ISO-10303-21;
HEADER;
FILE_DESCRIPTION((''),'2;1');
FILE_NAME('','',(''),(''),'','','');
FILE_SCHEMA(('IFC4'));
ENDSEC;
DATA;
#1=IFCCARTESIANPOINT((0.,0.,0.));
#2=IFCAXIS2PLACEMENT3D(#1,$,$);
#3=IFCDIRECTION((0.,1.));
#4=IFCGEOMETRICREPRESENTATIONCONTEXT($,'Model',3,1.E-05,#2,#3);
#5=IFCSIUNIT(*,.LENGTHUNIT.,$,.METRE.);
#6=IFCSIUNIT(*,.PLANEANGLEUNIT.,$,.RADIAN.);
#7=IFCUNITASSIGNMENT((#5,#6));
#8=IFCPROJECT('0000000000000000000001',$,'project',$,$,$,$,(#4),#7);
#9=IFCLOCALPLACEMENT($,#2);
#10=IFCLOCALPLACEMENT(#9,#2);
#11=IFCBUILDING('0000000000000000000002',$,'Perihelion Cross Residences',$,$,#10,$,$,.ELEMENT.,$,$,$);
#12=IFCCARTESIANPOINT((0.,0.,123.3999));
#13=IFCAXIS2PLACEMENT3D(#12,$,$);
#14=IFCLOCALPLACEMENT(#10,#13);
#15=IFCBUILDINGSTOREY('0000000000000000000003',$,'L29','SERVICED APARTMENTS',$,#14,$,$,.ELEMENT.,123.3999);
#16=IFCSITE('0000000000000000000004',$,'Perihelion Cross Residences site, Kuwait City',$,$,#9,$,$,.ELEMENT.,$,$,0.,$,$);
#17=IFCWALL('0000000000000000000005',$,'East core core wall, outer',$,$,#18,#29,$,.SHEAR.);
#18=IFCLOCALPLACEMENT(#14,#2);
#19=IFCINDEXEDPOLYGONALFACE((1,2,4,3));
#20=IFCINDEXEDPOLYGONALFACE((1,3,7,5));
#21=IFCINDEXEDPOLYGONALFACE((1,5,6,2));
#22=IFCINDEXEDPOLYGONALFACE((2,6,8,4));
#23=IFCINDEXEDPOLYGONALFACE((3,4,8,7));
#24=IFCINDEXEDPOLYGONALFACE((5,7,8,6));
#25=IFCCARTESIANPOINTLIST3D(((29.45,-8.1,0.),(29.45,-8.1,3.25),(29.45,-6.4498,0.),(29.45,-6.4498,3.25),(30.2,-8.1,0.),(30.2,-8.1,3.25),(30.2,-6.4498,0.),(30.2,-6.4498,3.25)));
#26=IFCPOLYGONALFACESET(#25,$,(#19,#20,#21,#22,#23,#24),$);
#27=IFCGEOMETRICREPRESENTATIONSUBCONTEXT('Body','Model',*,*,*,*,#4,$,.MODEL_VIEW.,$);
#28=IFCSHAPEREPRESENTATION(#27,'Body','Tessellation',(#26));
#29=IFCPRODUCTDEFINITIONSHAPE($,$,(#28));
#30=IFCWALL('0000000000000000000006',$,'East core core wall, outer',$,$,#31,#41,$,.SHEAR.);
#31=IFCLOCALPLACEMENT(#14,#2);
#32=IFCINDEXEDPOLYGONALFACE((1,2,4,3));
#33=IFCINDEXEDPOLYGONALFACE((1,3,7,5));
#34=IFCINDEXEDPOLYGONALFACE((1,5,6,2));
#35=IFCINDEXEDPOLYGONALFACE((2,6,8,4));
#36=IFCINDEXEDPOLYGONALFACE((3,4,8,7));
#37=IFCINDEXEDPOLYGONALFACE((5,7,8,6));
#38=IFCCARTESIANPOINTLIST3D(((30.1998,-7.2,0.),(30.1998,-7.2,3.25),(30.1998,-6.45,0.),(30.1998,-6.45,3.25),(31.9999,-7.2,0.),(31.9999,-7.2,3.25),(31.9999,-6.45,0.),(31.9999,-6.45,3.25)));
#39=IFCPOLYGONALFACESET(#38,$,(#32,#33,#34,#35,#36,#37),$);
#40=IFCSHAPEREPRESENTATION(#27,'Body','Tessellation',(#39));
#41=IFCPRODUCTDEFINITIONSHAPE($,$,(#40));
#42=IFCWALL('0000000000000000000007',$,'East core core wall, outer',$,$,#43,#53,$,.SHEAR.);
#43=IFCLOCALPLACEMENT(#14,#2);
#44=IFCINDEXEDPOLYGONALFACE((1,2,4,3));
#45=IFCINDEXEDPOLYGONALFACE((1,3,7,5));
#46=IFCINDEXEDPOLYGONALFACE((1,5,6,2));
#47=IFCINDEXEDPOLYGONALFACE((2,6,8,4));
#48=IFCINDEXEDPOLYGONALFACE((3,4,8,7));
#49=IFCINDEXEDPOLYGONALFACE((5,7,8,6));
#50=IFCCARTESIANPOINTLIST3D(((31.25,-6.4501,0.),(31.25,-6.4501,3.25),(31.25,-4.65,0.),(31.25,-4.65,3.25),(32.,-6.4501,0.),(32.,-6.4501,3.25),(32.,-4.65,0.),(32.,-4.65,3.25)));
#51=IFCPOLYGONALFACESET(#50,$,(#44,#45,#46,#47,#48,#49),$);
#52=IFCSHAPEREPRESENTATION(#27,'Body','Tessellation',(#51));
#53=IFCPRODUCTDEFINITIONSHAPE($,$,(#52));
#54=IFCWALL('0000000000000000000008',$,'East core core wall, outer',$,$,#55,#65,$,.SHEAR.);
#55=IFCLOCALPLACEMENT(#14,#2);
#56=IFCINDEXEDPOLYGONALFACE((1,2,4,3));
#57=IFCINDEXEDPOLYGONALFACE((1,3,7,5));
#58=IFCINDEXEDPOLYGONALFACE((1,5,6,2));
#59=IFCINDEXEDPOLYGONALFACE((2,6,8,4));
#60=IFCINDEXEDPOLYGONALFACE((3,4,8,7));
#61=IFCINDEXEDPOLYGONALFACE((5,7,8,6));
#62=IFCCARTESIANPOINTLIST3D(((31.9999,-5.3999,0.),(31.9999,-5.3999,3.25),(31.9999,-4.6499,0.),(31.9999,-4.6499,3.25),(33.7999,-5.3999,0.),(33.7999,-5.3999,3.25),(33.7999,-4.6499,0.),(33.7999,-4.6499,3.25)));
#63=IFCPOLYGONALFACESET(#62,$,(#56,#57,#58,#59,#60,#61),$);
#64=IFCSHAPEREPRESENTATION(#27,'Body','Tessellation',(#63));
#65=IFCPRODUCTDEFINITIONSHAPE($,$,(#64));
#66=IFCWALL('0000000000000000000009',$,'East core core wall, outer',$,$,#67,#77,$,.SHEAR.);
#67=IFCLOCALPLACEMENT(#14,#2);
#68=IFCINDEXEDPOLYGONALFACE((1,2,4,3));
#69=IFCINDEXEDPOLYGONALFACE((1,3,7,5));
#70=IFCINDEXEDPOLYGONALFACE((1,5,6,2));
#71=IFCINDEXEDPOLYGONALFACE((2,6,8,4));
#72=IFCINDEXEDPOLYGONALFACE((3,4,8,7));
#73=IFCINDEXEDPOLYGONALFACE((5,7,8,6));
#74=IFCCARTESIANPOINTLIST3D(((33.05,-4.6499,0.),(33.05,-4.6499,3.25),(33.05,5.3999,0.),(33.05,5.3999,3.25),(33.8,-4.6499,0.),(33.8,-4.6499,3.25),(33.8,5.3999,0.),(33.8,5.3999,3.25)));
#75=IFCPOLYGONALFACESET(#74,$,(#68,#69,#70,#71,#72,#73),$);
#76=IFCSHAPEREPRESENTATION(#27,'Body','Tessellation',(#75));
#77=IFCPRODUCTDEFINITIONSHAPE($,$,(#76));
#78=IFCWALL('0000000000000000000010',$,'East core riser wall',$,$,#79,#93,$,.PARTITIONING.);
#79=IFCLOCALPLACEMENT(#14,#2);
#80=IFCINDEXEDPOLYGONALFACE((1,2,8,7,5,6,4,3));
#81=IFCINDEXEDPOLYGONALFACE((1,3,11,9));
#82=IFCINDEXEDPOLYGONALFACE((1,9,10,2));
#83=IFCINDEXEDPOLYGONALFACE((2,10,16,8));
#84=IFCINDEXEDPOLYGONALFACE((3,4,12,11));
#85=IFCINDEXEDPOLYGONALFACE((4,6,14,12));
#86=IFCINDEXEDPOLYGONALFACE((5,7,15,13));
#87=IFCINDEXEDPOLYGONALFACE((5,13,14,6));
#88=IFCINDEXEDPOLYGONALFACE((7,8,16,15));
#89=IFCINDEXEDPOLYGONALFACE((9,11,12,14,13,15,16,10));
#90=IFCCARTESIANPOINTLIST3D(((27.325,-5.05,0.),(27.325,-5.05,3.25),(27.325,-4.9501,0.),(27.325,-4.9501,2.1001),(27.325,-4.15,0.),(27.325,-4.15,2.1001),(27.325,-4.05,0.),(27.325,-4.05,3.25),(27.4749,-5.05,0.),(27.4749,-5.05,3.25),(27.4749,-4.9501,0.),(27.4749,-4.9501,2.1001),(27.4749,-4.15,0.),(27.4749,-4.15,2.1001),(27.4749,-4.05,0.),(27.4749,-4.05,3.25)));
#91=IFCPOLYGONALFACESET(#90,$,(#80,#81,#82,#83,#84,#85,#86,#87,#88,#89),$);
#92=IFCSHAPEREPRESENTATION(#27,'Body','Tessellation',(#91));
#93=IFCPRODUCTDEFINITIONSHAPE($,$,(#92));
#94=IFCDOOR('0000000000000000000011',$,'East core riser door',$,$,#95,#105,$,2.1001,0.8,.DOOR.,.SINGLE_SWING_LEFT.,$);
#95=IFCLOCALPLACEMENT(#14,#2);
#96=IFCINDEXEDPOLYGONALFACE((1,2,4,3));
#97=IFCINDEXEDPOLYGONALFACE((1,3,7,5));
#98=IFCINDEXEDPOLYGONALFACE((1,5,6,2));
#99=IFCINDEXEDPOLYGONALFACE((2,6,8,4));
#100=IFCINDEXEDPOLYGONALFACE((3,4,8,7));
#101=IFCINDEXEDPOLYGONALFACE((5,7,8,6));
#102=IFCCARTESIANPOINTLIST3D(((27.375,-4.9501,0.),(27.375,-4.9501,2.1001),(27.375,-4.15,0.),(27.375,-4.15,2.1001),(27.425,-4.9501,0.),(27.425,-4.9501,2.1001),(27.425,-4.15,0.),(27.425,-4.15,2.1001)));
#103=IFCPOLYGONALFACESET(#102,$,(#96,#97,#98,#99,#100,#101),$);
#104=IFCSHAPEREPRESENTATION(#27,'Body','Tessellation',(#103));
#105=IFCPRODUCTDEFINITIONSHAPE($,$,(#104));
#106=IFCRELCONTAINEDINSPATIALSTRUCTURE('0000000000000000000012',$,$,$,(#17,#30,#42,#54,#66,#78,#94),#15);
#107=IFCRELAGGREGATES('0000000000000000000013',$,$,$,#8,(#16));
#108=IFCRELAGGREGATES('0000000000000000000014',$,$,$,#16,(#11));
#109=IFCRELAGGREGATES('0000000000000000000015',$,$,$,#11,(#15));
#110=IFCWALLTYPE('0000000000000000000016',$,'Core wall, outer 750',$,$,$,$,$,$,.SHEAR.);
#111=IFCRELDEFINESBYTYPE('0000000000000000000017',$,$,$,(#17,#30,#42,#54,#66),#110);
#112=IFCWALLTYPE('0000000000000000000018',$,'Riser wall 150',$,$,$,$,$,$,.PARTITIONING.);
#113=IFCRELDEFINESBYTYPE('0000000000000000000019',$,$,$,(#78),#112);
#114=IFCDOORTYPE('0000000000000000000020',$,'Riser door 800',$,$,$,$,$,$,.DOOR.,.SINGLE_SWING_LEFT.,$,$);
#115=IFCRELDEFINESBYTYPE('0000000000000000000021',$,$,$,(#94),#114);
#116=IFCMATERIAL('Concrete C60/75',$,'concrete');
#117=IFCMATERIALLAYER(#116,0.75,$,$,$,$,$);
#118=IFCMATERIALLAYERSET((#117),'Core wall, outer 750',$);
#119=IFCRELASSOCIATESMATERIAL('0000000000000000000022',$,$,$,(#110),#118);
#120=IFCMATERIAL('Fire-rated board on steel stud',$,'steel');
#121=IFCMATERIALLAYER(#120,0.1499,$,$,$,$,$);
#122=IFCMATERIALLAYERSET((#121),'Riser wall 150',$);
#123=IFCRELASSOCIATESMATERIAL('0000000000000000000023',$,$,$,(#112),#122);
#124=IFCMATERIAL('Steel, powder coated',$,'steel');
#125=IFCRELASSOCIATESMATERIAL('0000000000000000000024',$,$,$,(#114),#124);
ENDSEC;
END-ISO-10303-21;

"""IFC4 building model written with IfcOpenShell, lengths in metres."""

from ifc_helpers import new_model, si_unit, direction, frame, frame_2d, origin, place, context, subcontext, project, spatial, rectangle, extrude, material, layer, layer_set, type_object, element, fill, save


model = new_model("IFC4")

# Units and contexts
model_context = context("Model", 3, precision=1e-05, world=origin(), true_north=direction((0.0, 1.0)))
body_context = subcontext(model_context, "Body", "Model", "MODEL_VIEW")
ifc_project = project(units=[si_unit("LENGTHUNIT", "METRE"), si_unit("PLANEANGLEUNIT", "RADIAN")], contexts=[model_context])

# Site, building, storey
site_placement = place(None, origin())
site = spatial("IfcSite", under=ifc_project, at=site_placement, Name="Perihelion Cross Residences site, Kuwait City", CompositionType="ELEMENT", RefElevation=0.0)
building_placement = place(site_placement, origin())
building = spatial("IfcBuilding", under=site, at=building_placement, Name="Perihelion Cross Residences", CompositionType="ELEMENT")
storey_placement = place(building_placement, frame((0.0, 0.0, 123.3999)))
storey = spatial("IfcBuildingStorey", under=building, at=storey_placement, Name="L29", Description="SERVICED APARTMENTS", CompositionType="ELEMENT", Elevation=123.3999)

# Walls
ifc_material_1 = material(Name="Concrete C60/75", Category="concrete")
ifc_layer_1 = layer(ifc_material_1, 0.75)
ifc_layer_set_1 = layer_set([ifc_layer_1], Name="Core wall, outer 750")
wall_type_1 = type_object("IfcWallType", Name="Core wall, outer 750", PredefinedType="SHEAR", material=ifc_layer_set_1)
wall_1_placement = place(storey_placement, frame((29.825, -8.1001, 0.0), z_axis=(0.0, 0.0, 1.0), x_axis=(0.0, 1.0, 0.0)))
element("IfcWall", 1, at=wall_1_placement, inside=storey, type_object=wall_type_1, Name="East core core wall, outer", PredefinedType="SHEAR", context=body_context, shape_type="SweptSolid", body=[
    extrude(rectangle(XDim=1.6501, YDim=0.75, at=frame_2d((0.8252, 0.0))), origin(), (0.0, 0.0, 1.0), 3.25),
])
for number, where, z_axis, x_axis, name in (
    (2, (30.2, -6.825, 0.0), (0.0, 0.0, 1.0), (1.0, 0.0, 0.0), "East core core wall, outer"),
    (3, (31.625, -6.45, 0.0), (0.0, 0.0, 1.0), (0.0, 1.0, 0.0), "East core core wall, outer"),
    (4, (32.0, -5.0249, 0.0), (0.0, 0.0, 1.0), (1.0, 0.0, 0.0), "East core core wall, outer"),
):
    element("IfcWall", number, at=place(storey_placement, frame(where, z_axis=z_axis, x_axis=x_axis)), inside=storey, type_object=wall_type_1, Name=name, PredefinedType="SHEAR", context=body_context, shape_type="SweptSolid", body=[
        extrude(rectangle(XDim=1.8, YDim=0.75, at=frame_2d((0.8999, 0.0))), origin(), (0.0, 0.0, 1.0), 3.25),
    ])
wall_2_placement = place(storey_placement, frame((33.425, -4.6499, 0.0), z_axis=(0.0, 0.0, 1.0), x_axis=(0.0, 1.0, 0.0)))
element("IfcWall", 5, at=wall_2_placement, inside=storey, type_object=wall_type_1, Name="East core core wall, outer", PredefinedType="SHEAR", context=body_context, shape_type="SweptSolid", body=[
    extrude(rectangle(XDim=10.0498, YDim=0.75, at=frame_2d((5.0249, 0.0))), origin(), (0.0, 0.0, 1.0), 3.25),
])

# Wall, opening, door
ifc_material_2 = material(Name="Fire-rated board on steel stud", Category="steel")
ifc_layer_2 = layer(ifc_material_2, 0.1499)
ifc_layer_set_2 = layer_set([ifc_layer_2], Name="Riser wall 150")
wall_type_2 = type_object("IfcWallType", Name="Riser wall 150", PredefinedType="PARTITIONING", material=ifc_layer_set_2)
wall_3_placement = place(storey_placement, frame((27.3999, -5.05, 0.0), z_axis=(0.0, 0.0, 1.0), x_axis=(0.0, 1.0, 0.0)))
wall_3 = element("IfcWall", 6, at=wall_3_placement, inside=storey, type_object=wall_type_2, Name="East core riser wall", PredefinedType="PARTITIONING", context=body_context, shape_type="SweptSolid", body=[
    extrude(rectangle(XDim=1.0, YDim=0.1499, at=frame_2d((0.5, 0.0))), origin(), (0.0, 0.0, 1.0), 3.25),
])
opening_1_placement = place(wall_3_placement, frame((0.1001, 0.0, 0.0)))
opening_1 = element("IfcOpeningElement", 7, at=opening_1_placement, cuts=wall_3, PredefinedType="OPENING", context=body_context, shape_type="SweptSolid", body=[
    extrude(rectangle(XDim=0.8, YDim=2.1001, at=frame_2d((0.3999, 1.05))), frame((0.0, 0.085, 0.0), z_axis=(0.0, -1.0, 0.0), x_axis=(1.0, 0.0, 0.0)), (0.0, 0.0, 1.0), 0.1699),
])
ifc_material_3 = material(Name="Steel, powder coated", Category="steel")
door_type_1 = type_object("IfcDoorType", Name="Riser door 800", OperationType="SINGLE_SWING_LEFT", PredefinedType="DOOR", material=ifc_material_3)
door_1_placement = place(opening_1_placement, origin())
door_1 = element("IfcDoor", 8, at=door_1_placement, inside=storey, type_object=door_type_1, Name="East core riser door", OperationType="SINGLE_SWING_LEFT", OverallHeight=2.1001, OverallWidth=0.8, PredefinedType="DOOR", context=body_context, shape_type="SweptSolid", body=[
    extrude(rectangle(XDim=0.8, YDim=2.1001, at=frame_2d((0.3999, 1.05))), frame((0.0, 0.0249, 0.0), z_axis=(0.0, -1.0, 0.0), x_axis=(1.0, 0.0, 0.0)), (0.0, 0.0, 1.0), 0.05),
])
fill(opening_1, door_1)

save(model, "model.ifc")
